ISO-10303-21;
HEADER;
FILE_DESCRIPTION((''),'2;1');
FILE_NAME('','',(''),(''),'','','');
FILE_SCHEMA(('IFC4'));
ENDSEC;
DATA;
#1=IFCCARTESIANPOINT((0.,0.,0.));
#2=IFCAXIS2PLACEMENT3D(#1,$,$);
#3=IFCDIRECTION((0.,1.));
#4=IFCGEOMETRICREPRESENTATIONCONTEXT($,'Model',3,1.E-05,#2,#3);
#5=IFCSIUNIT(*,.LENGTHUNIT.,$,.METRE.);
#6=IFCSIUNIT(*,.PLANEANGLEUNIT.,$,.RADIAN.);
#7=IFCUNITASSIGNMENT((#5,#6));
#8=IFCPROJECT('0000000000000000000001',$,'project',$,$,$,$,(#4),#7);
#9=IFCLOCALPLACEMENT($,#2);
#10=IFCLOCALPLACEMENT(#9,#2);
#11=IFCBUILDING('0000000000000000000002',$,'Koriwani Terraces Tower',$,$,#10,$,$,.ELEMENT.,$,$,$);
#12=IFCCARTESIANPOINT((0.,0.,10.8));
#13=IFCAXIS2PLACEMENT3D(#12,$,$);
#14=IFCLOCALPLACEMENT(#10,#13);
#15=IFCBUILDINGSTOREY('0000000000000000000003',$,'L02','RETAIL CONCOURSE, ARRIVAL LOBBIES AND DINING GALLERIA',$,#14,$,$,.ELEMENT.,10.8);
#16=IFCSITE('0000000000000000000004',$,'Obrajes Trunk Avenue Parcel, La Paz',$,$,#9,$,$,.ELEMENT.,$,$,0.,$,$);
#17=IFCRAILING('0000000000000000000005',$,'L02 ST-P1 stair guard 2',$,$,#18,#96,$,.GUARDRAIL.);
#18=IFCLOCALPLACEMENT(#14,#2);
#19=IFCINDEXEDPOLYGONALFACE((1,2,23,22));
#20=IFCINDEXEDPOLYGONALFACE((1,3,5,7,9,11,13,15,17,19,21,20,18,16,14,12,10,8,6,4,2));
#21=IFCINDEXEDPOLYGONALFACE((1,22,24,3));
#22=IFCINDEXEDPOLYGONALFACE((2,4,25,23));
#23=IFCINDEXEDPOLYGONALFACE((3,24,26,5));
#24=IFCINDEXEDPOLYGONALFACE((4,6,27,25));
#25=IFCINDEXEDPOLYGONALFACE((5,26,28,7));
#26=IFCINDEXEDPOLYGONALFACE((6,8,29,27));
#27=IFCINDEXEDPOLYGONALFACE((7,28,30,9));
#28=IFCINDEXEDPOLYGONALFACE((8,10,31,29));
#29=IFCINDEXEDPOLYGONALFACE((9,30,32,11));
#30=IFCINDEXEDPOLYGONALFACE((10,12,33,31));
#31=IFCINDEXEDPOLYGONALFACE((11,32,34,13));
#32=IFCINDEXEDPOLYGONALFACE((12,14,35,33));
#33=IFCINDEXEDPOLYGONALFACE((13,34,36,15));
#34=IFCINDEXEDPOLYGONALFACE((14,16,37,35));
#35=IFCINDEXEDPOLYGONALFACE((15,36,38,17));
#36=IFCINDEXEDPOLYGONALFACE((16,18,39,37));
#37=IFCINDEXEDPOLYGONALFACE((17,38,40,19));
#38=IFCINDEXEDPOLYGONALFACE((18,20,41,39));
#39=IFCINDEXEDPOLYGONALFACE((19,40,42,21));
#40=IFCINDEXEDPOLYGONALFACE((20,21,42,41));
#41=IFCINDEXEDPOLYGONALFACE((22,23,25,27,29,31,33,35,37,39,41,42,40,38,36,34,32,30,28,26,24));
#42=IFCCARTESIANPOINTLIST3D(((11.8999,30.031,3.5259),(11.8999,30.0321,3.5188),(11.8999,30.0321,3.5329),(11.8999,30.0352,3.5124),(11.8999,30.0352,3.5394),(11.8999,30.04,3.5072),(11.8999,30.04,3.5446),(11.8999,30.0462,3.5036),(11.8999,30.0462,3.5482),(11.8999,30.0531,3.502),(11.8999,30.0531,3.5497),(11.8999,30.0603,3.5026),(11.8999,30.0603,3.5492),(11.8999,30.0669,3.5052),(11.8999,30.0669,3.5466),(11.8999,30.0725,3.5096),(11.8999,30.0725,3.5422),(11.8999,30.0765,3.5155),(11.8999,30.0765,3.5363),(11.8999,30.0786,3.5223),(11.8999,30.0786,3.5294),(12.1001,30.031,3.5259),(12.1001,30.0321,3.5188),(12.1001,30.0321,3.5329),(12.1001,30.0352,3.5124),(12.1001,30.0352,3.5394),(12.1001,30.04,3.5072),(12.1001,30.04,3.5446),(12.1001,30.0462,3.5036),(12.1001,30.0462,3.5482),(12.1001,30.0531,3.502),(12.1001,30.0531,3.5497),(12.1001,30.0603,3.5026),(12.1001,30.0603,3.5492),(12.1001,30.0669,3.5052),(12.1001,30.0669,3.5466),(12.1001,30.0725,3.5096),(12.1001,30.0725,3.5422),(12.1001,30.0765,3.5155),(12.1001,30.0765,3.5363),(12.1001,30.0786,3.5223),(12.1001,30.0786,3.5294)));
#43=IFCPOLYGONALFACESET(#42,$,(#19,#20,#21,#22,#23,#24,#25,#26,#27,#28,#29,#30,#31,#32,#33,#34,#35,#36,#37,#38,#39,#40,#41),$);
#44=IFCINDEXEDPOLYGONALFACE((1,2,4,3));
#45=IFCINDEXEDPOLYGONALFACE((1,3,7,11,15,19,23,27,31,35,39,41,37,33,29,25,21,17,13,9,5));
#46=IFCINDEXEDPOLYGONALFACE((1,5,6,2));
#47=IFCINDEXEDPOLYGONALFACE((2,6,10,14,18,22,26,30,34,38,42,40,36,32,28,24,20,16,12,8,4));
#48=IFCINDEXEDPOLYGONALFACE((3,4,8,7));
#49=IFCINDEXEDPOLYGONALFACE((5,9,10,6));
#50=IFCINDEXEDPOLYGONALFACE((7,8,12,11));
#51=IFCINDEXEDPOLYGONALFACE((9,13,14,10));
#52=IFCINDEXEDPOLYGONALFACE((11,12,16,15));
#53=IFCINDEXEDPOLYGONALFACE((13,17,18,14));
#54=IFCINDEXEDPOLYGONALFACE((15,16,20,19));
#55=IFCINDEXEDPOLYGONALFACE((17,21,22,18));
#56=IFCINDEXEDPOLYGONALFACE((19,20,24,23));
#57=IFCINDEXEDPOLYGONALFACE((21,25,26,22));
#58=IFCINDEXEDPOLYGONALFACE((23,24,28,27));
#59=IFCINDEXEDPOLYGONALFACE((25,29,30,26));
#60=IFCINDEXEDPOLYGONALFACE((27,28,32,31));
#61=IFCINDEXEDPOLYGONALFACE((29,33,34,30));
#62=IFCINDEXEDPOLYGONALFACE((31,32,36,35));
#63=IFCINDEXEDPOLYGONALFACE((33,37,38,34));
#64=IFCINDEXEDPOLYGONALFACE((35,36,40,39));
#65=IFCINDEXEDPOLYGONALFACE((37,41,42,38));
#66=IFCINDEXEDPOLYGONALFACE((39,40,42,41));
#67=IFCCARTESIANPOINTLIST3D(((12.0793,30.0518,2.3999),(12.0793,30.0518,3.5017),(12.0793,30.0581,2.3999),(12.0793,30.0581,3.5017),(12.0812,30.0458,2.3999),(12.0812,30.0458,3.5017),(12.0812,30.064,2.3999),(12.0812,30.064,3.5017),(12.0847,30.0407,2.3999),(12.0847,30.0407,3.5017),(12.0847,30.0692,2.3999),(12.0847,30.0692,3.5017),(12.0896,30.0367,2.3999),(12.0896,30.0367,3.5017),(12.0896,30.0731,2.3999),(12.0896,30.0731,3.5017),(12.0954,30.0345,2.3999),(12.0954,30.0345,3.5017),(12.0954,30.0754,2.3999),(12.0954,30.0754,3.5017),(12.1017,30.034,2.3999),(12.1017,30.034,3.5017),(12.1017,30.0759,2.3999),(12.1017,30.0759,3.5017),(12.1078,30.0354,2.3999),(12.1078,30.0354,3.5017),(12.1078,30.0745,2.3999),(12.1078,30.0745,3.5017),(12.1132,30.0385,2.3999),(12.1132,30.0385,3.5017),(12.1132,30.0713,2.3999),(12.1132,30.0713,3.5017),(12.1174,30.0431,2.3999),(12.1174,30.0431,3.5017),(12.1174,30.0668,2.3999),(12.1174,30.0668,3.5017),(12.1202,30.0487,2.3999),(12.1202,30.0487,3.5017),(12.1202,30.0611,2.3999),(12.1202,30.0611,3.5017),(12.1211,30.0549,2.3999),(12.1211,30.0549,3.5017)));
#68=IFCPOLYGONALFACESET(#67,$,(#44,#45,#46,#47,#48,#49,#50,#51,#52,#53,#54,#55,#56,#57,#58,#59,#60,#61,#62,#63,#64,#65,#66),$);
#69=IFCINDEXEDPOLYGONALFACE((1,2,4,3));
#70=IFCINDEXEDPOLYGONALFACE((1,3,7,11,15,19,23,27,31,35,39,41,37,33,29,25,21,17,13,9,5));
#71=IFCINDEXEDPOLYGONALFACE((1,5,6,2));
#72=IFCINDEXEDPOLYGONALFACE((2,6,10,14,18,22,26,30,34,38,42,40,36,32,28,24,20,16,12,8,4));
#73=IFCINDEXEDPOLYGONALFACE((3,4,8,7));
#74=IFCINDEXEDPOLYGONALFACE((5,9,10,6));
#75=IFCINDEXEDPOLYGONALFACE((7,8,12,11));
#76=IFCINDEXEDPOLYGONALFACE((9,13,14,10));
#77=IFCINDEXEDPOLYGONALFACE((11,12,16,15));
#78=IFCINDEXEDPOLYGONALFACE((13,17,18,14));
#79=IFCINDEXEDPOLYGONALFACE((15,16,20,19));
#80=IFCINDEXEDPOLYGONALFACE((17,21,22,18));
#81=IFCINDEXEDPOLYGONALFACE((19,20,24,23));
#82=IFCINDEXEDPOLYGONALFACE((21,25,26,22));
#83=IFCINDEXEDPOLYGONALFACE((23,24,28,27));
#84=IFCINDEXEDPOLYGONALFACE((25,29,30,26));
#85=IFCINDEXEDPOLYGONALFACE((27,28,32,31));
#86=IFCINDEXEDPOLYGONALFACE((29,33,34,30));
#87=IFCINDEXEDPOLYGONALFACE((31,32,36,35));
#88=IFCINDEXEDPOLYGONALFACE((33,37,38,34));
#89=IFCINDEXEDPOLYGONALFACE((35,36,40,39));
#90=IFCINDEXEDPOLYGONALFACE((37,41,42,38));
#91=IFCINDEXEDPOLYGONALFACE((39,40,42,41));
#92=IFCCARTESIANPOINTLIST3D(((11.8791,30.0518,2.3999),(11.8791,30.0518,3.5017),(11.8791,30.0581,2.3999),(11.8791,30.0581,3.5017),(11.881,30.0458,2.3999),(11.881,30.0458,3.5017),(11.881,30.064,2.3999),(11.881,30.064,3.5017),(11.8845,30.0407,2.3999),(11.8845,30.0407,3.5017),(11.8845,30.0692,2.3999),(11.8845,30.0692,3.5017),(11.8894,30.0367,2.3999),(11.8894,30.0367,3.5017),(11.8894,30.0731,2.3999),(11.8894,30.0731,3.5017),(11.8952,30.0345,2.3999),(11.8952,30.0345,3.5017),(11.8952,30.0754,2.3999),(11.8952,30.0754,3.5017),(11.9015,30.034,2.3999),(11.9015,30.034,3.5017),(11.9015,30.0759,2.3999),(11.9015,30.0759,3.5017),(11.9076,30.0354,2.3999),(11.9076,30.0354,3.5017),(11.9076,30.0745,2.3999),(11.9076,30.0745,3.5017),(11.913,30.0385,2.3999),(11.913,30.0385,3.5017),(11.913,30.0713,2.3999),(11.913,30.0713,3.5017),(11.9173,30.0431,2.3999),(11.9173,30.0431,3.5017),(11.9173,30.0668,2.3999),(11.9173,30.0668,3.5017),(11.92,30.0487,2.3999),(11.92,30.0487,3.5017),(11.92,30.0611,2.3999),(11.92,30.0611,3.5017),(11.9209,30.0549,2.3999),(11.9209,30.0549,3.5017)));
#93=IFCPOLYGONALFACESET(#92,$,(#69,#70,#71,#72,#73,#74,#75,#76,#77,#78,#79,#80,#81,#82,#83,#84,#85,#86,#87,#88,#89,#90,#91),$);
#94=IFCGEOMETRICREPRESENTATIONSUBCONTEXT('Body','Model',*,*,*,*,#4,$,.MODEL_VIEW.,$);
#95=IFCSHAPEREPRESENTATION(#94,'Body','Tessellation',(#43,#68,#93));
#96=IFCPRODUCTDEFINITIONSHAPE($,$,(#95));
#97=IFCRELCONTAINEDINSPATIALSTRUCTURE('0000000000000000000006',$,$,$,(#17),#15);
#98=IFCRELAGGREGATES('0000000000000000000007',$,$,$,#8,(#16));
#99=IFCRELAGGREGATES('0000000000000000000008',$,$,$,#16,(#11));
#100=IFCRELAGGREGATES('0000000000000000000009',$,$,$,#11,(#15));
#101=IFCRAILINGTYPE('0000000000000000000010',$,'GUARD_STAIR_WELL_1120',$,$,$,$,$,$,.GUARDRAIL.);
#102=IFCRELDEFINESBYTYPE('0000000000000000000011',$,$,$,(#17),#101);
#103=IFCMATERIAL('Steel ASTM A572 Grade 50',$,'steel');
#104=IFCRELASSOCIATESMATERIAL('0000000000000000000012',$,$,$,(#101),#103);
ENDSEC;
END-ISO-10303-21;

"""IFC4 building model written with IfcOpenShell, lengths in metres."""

from ifc_helpers import new_model, si_unit, direction, frame, origin, origin_2d, place, context, subcontext, project, spatial, circle, extrude, material, type_object, element, save


model = new_model("IFC4")

# Units and contexts
model_context = context("Model", 3, precision=1e-05, world=origin(), true_north=direction((0.0, 1.0)))
body_context = subcontext(model_context, "Body", "Model", "MODEL_VIEW")
ifc_project = project(units=[si_unit("LENGTHUNIT", "METRE"), si_unit("PLANEANGLEUNIT", "RADIAN")], contexts=[model_context])

# Site, building, storey
site_placement = place(None, origin())
site = spatial("IfcSite", under=ifc_project, at=site_placement, Name="Obrajes Trunk Avenue Parcel, La Paz", CompositionType="ELEMENT", RefElevation=0.0)
building_placement = place(site_placement, origin())
building = spatial("IfcBuilding", under=site, at=building_placement, Name="Koriwani Terraces Tower", CompositionType="ELEMENT")
storey_placement = place(building_placement, frame((0.0, 0.0, 10.8)))
storey = spatial("IfcBuildingStorey", under=building, at=storey_placement, Name="L02", Description="RETAIL CONCOURSE, ARRIVAL LOBBIES AND DINING GALLERIA", CompositionType="ELEMENT", Elevation=10.8)

# Shared definitions
ifc_material_1 = material(Name="Steel ASTM A572 Grade 50", Category="steel")

# Railing
railing_type_1 = type_object("IfcRailingType", Name="GUARD_STAIR_WELL_1120", PredefinedType="GUARDRAIL", material=ifc_material_1)
railing_1_placement = place(storey_placement, frame((12.1001, 30.0549, 2.3999)))
element("IfcRailing", 1, at=railing_1_placement, inside=storey, type_object=railing_type_1, Name="L02 ST-P1 stair guard 2", PredefinedType="GUARDRAIL", context=body_context, shape_type="SweptSolid", body=[
    extrude(circle(Radius=0.0239, at=origin_2d()), frame((0.0, 0.0, 1.126), z_axis=(-1.0, 0.0, 0.0), x_axis=(0.0, -1.0, 0.0)), (0.0, 0.0, 1.0), 0.2002),
    extrude(circle(Radius=0.021, at=origin_2d()), origin(), (0.0, 0.0, 1.0), 1.1018),
    extrude(circle(Radius=0.021, at=origin_2d()), frame((-0.2002, 0.0, 0.0)), (0.0, 0.0, 1.0), 1.1018),
])

save(model, "model.ifc")
